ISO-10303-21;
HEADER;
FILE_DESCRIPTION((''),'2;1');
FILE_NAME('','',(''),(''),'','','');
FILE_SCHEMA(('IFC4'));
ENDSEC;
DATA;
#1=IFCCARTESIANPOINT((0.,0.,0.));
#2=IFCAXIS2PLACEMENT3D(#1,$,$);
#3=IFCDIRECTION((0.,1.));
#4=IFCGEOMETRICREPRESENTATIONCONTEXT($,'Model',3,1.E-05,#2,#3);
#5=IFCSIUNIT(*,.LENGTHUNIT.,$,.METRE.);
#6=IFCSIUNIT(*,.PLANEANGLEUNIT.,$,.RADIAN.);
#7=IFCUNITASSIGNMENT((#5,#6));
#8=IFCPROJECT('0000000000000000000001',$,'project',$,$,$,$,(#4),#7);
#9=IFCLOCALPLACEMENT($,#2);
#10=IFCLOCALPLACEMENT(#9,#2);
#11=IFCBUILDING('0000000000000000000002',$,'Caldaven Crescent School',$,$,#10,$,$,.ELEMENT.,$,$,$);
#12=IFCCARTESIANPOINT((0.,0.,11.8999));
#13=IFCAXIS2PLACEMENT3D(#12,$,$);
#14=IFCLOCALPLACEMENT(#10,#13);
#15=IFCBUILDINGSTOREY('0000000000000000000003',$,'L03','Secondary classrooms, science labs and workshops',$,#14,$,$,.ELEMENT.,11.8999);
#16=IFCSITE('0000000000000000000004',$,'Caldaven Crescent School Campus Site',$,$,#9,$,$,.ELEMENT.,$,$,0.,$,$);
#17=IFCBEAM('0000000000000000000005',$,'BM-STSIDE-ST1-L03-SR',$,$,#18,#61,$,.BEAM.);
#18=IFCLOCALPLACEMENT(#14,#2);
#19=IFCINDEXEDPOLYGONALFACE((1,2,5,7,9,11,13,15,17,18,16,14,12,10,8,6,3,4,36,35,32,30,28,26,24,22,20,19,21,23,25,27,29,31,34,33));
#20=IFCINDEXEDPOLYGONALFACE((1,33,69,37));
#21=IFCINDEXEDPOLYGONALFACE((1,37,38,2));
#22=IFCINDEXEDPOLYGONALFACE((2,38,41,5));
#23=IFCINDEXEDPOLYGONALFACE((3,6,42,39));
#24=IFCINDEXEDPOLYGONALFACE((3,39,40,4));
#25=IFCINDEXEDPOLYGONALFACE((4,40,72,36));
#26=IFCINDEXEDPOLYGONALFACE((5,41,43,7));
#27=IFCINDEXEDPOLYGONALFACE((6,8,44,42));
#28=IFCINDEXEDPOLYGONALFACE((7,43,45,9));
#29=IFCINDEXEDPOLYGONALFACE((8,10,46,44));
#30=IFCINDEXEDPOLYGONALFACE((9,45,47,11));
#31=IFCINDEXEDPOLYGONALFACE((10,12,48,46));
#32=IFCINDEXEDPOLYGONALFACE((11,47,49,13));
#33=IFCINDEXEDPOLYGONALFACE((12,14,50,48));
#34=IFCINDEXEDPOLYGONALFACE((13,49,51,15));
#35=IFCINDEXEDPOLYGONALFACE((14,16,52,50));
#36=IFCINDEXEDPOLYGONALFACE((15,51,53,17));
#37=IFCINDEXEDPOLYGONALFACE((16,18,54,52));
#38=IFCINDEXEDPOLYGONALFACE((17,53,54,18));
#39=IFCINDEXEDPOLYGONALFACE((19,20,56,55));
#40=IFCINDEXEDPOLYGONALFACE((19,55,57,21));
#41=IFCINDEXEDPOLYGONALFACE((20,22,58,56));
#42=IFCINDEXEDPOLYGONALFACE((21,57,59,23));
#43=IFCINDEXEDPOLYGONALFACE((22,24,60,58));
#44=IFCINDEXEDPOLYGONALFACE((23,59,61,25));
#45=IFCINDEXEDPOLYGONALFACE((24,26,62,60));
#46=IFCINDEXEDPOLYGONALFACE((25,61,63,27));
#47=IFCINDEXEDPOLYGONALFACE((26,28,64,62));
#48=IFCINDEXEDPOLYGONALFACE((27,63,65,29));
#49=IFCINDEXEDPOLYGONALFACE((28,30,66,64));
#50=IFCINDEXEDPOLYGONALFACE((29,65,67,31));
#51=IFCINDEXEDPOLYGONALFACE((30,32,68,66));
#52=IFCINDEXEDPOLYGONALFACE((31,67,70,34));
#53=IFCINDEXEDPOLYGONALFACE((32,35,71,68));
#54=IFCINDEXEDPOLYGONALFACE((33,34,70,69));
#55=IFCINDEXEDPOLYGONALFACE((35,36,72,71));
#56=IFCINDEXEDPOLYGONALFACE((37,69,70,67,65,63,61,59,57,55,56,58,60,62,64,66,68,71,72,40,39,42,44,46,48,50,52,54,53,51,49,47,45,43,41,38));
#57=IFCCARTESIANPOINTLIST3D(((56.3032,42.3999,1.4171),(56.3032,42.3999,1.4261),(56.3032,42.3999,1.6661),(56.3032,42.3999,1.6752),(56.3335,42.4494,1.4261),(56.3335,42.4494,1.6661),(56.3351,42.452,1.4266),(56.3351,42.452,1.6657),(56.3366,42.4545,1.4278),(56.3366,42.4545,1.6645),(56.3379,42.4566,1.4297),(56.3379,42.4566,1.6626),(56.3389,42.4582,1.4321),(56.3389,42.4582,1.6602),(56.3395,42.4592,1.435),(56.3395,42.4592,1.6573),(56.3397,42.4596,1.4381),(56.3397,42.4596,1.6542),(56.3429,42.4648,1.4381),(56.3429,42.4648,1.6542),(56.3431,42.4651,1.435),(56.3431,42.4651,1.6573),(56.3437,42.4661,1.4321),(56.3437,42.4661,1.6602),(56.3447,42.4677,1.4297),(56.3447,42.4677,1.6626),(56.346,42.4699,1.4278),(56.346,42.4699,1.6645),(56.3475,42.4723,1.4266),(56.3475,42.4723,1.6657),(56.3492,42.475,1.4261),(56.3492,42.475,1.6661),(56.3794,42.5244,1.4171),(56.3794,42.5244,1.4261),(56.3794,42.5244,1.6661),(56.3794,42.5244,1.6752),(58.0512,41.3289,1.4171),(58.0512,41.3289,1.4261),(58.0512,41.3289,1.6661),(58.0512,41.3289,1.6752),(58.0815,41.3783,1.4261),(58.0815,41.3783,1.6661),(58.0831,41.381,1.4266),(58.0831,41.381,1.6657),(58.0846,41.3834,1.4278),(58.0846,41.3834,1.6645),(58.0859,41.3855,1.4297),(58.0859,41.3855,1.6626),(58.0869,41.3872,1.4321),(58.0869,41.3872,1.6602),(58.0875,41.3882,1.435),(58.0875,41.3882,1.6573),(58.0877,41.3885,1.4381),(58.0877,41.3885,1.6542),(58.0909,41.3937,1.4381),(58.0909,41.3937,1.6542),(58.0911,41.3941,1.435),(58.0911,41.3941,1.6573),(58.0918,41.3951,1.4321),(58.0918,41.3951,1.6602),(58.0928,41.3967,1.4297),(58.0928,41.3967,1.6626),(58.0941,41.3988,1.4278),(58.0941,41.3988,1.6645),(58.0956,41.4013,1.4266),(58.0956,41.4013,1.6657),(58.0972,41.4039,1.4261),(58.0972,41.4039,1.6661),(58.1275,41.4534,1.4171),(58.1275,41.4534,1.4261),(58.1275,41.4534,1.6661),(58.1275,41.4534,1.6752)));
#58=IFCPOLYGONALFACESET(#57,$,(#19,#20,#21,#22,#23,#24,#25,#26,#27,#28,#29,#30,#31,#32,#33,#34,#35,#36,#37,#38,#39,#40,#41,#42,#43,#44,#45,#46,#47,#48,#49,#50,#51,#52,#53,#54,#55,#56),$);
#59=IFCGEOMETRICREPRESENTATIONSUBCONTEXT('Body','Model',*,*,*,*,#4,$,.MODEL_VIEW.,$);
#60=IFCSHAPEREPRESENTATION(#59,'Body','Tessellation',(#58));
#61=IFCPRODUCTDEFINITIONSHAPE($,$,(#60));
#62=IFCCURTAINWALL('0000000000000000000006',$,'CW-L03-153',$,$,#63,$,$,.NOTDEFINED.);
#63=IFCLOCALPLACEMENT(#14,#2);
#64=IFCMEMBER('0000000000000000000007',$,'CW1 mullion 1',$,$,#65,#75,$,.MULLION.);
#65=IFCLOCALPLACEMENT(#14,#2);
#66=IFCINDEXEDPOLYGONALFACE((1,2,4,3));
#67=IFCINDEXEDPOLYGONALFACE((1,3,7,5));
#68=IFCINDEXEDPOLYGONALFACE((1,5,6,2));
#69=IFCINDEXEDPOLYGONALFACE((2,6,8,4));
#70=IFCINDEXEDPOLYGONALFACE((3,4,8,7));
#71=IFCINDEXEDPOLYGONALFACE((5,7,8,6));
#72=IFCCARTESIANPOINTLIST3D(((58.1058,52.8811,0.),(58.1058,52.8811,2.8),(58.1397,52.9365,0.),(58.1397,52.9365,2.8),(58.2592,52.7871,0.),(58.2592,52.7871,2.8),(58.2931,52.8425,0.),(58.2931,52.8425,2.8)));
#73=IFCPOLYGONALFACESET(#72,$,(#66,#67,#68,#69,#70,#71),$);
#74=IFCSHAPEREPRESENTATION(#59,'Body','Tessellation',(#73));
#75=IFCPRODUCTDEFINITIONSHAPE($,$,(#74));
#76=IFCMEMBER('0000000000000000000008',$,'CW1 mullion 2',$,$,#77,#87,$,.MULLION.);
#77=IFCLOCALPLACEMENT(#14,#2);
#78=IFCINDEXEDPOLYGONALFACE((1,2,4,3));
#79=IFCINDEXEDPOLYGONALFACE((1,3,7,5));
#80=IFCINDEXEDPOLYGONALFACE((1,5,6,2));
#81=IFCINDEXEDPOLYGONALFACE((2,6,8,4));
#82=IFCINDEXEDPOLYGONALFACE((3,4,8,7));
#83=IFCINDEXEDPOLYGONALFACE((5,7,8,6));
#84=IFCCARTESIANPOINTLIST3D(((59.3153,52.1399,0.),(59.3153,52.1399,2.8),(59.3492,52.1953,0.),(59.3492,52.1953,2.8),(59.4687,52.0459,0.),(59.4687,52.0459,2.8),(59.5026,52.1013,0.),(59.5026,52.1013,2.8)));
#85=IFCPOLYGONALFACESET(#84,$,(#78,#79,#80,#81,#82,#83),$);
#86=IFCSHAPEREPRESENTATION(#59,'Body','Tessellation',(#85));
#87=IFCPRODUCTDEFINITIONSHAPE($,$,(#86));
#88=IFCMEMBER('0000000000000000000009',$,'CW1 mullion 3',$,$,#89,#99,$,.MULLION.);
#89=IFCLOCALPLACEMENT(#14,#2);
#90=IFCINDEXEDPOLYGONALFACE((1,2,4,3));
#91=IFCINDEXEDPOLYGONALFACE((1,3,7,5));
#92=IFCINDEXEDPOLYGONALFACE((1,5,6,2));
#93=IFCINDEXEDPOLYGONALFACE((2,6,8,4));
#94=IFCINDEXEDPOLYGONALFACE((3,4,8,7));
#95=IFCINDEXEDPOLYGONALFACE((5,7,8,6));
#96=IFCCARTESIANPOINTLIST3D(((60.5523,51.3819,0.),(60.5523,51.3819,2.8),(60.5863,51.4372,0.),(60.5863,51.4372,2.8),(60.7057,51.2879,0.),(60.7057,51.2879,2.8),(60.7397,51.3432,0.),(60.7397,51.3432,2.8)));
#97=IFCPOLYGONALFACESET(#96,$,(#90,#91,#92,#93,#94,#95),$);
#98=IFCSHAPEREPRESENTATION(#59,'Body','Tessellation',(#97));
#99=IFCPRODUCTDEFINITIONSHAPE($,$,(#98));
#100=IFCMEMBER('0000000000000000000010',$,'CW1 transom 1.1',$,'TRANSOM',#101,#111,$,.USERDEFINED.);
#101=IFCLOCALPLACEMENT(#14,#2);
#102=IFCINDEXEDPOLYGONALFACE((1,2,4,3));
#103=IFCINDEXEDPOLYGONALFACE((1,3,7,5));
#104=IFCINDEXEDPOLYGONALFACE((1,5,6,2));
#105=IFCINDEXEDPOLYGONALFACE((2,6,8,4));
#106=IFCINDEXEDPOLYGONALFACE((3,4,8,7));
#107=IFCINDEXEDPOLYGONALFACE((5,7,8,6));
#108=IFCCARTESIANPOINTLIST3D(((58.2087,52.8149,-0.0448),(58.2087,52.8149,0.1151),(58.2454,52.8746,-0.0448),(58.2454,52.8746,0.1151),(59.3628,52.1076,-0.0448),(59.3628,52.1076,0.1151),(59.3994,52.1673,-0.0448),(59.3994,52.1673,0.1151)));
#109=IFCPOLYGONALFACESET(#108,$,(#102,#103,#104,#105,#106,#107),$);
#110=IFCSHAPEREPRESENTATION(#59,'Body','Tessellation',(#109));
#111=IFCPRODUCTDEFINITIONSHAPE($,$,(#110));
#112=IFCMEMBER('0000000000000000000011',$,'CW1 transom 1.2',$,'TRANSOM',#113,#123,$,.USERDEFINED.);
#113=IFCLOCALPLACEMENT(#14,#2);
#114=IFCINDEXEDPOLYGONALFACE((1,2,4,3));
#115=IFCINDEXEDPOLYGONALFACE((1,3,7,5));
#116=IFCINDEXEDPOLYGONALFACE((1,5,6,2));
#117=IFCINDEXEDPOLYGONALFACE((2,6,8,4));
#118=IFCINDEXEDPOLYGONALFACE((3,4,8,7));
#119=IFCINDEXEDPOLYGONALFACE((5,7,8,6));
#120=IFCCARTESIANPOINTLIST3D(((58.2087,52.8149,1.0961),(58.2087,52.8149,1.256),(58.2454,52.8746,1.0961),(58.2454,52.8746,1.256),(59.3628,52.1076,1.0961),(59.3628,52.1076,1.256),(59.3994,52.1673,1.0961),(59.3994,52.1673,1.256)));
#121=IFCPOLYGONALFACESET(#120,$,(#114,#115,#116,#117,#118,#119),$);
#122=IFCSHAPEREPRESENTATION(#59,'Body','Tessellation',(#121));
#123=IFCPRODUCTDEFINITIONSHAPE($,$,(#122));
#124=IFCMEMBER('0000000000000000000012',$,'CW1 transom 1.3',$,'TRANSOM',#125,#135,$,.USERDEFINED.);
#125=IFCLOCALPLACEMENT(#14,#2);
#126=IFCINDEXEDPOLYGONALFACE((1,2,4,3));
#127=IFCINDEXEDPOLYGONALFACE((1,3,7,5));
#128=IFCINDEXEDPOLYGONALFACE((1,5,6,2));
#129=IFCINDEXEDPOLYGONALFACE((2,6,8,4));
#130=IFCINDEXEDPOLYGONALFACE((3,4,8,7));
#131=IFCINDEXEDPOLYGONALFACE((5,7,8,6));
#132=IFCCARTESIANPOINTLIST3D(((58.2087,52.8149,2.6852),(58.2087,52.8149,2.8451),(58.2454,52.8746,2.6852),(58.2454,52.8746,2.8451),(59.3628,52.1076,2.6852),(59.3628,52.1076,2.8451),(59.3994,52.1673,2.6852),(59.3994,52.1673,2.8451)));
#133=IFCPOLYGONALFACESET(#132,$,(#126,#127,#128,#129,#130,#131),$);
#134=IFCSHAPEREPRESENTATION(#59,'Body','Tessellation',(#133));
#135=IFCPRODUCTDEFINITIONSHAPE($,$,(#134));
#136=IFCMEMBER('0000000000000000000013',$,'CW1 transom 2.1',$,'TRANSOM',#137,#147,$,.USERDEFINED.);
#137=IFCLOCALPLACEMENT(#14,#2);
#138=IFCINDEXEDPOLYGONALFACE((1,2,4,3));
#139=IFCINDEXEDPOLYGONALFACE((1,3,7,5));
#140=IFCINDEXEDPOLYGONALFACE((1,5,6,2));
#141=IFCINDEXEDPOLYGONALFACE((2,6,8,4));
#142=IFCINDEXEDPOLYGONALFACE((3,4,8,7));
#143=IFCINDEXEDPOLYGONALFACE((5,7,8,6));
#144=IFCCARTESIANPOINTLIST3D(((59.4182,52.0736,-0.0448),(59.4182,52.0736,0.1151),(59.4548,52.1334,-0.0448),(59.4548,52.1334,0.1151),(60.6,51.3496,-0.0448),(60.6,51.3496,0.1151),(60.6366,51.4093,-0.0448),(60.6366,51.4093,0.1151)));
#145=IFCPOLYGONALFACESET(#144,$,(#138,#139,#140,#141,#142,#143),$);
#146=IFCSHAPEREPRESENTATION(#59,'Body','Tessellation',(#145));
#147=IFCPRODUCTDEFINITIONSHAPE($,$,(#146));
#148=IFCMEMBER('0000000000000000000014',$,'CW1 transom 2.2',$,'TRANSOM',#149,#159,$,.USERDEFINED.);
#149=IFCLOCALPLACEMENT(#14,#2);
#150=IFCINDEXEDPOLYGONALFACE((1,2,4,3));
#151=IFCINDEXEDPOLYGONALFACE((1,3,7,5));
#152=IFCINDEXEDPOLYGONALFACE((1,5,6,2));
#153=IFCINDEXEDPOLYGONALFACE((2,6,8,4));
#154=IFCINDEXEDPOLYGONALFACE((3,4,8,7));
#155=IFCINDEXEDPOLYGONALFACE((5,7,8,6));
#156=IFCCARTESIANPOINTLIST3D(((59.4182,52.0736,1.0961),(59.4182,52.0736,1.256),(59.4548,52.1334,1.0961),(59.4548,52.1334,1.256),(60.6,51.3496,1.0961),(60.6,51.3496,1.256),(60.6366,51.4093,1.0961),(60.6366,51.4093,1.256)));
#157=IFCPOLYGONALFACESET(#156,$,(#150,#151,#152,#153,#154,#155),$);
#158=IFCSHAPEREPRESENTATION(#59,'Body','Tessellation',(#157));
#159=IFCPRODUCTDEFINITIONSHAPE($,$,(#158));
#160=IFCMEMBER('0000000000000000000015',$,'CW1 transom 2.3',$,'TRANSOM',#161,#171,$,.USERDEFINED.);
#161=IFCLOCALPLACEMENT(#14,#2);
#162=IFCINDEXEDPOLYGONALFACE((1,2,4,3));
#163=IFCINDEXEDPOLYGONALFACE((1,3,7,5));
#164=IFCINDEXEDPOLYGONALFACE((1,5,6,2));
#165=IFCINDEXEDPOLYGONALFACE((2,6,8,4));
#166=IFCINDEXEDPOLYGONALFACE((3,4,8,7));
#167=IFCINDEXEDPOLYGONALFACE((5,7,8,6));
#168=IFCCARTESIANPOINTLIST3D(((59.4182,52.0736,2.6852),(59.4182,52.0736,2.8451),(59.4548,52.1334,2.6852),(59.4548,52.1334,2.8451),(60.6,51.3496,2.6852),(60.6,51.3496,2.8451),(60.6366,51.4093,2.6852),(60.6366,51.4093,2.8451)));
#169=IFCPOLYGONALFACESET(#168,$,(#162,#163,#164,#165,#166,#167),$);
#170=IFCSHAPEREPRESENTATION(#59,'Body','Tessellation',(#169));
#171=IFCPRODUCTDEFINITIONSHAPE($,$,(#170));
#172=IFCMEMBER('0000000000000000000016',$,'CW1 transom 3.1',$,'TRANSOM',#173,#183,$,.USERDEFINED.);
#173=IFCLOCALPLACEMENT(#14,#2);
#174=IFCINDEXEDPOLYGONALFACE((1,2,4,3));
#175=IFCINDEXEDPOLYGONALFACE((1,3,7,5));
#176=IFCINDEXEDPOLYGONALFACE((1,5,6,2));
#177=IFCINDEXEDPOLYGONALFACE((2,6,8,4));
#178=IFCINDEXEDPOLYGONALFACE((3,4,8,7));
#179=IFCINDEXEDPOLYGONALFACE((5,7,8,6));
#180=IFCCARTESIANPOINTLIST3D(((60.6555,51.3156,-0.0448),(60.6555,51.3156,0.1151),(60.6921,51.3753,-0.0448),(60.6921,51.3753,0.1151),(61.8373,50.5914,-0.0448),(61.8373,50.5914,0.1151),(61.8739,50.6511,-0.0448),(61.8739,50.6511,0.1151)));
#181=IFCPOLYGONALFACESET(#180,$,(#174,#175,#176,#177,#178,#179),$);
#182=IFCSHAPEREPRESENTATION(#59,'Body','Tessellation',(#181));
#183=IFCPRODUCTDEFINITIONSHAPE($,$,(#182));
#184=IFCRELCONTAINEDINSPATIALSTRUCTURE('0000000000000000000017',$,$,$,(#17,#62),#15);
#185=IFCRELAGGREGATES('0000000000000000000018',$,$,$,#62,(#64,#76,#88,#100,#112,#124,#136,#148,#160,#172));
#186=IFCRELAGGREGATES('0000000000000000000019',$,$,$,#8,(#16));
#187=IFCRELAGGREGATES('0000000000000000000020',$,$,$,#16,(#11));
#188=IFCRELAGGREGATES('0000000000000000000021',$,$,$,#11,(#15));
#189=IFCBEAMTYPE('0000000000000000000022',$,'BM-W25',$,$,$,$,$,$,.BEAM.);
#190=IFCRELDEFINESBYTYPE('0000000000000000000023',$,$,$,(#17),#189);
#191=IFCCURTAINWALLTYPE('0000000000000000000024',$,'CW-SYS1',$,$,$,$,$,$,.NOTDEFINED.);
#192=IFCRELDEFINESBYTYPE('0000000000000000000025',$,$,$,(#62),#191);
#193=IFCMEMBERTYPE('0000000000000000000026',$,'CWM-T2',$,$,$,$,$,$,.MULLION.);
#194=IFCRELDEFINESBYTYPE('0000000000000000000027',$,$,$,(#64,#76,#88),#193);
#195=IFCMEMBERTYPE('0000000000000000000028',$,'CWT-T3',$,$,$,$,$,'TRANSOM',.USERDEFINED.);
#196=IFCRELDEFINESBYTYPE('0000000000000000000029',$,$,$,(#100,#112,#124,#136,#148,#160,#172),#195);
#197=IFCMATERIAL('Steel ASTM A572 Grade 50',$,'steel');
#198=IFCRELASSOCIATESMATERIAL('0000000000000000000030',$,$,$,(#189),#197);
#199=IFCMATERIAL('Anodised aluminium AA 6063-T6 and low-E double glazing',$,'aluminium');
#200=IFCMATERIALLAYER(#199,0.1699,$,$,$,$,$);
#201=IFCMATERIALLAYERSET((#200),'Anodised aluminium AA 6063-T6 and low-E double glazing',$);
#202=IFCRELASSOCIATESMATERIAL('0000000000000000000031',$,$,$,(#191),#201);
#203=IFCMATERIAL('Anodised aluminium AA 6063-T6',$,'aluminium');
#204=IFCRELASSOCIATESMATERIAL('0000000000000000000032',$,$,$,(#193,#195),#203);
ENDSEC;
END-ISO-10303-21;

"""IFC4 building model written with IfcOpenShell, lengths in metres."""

from ifc_helpers import new_model, si_unit, direction, frame, origin, origin_2d, place, context, subcontext, project, spatial, rectangle, i_section, extrude, material, layer, layer_set, material_profile, profile_set, type_object, element, aggregate, save


model = new_model("IFC4")

# Units and contexts
model_context = context("Model", 3, precision=1e-05, world=origin(), true_north=direction((0.0, 1.0)))
body_context = subcontext(model_context, "Body", "Model", "MODEL_VIEW")
ifc_project = project(units=[si_unit("LENGTHUNIT", "METRE"), si_unit("PLANEANGLEUNIT", "RADIAN")], contexts=[model_context])

# Site, building, storey
site_placement = place(None, origin())
site = spatial("IfcSite", under=ifc_project, at=site_placement, Name="Caldaven Crescent School Campus Site", CompositionType="ELEMENT", RefElevation=0.0)
building_placement = place(site_placement, origin())
building = spatial("IfcBuilding", under=site, at=building_placement, Name="Caldaven Crescent School", CompositionType="ELEMENT")
storey_placement = place(building_placement, frame((0.0, 0.0, 11.8999)))
storey = spatial("IfcBuildingStorey", under=building, at=storey_placement, Name="L03", Description="Secondary classrooms, science labs and workshops", CompositionType="ELEMENT", Elevation=11.8999)

# Shared definitions
ifc_material_1 = material(Name="Steel ASTM A572 Grade 50", Category="steel")

# Beam
ifc_material_profile_1 = material_profile(ifc_material_1, i_section(OverallWidth=0.146, OverallDepth=0.2581, WebThickness=0.0061, FlangeThickness=0.009, FilletRadius=0.012, at=origin_2d()), Name="W250x33")
ifc_profile_set_1 = profile_set([ifc_material_profile_1], Name="Steel ASTM A572 Grade 50")
beam_type_1 = type_object("IfcBeamType", Name="BM-W25", PredefinedType="BEAM", material=ifc_profile_set_1)
beam_1_placement = place(storey_placement, frame((56.3413, 42.4622, 1.5461), z_axis=(0.852675, -0.522442, 0.0), x_axis=(0.522442, 0.852675, 0.0)))
element("IfcBeam", 1, at=beam_1_placement, inside=storey, type_object=beam_type_1, Name="BM-STSIDE-ST1-L03-SR", PredefinedType="BEAM", context=body_context, shape_type="SweptSolid", body=[
    extrude(i_section(OverallWidth=0.146, OverallDepth=0.2581, WebThickness=0.0061, FlangeThickness=0.009, FilletRadius=0.012, at=origin_2d()), origin(), (0.0, 0.0, 1.0), 2.05),
])

# Curtain wall, members
ifc_material_2 = material(Name="Anodised aluminium AA 6063-T6 and low-E double glazing", Category="aluminium")
ifc_layer_1 = layer(ifc_material_2, 0.1699)
ifc_layer_set_1 = layer_set([ifc_layer_1], Name="Anodised aluminium AA 6063-T6 and low-E double glazing")
curtain_wall_type = type_object("IfcCurtainWallType", Name="CW-SYS1", PredefinedType="NOTDEFINED", material=ifc_layer_set_1)
curtain_wall_placement = place(storey_placement, origin())
curtain_wall = element("IfcCurtainWall", 2, at=curtain_wall_placement, inside=storey, type_object=curtain_wall_type, Name="CW-L03-153", PredefinedType="NOTDEFINED")
ifc_material_3 = material(Name="Anodised aluminium AA 6063-T6", Category="aluminium")
ifc_material_profile_2 = material_profile(ifc_material_3, rectangle(XDim=0.0649, YDim=0.1799, at=origin_2d()), Name="CWM 65x180")
ifc_profile_set_2 = profile_set([ifc_material_profile_2], Name="Anodised aluminium AA 6063-T6")
member_type_1 = type_object("IfcMemberType", Name="CWM-T2", PredefinedType="MULLION", material=ifc_profile_set_2)
member_1_placement = place(storey_placement, frame((58.1995, 52.8618, 0.0), z_axis=(0.0, 0.0, 1.0), x_axis=(0.522499, 0.85264, 0.0)))
member_1 = element("IfcMember", 3, at=member_1_placement, type_object=member_type_1, Name="CW1 mullion 1", PredefinedType="MULLION", context=body_context, shape_type="SweptSolid", body=[
    extrude(rectangle(XDim=0.0649, YDim=0.1799, at=origin_2d()), origin(), (0.0, 0.0, 1.0), 2.8),
])
member_2_placement = place(storey_placement, frame((59.4089, 52.1206, 0.0), z_axis=(0.0, 0.0, 1.0), x_axis=(0.522499, 0.85264, 0.0)))
member_2 = element("IfcMember", 4, at=member_2_placement, type_object=member_type_1, Name="CW1 mullion 2", PredefinedType="MULLION", context=body_context, shape_type="SweptSolid", body=[
    extrude(rectangle(XDim=0.0649, YDim=0.1799, at=origin_2d()), origin(), (0.0, 0.0, 1.0), 2.8),
])
member_3_placement = place(storey_placement, frame((60.646, 51.3625, 0.0), z_axis=(0.0, 0.0, 1.0), x_axis=(0.522499, 0.85264, 0.0)))
member_3 = element("IfcMember", 5, at=member_3_placement, type_object=member_type_1, Name="CW1 mullion 3", PredefinedType="MULLION", context=body_context, shape_type="SweptSolid", body=[
    extrude(rectangle(XDim=0.0649, YDim=0.1799, at=origin_2d()), origin(), (0.0, 0.0, 1.0), 2.8),
])
ifc_material_profile_3 = material_profile(ifc_material_3, rectangle(XDim=0.0701, YDim=0.1599, at=origin_2d()), Name="CWT 70x160")
ifc_profile_set_3 = profile_set([ifc_material_profile_3], Name="Anodised aluminium AA 6063-T6")
member_type_2 = type_object("IfcMemberType", Name="CWT-T3", ElementType="TRANSOM", PredefinedType="USERDEFINED", material=ifc_profile_set_3)
member_4_placement = place(storey_placement, frame((58.2271, 52.8447, 0.0352), z_axis=(0.852617, -0.522537, 0.0), x_axis=(0.522537, 0.852617, 0.0)))
member_4 = element("IfcMember", 6, at=member_4_placement, type_object=member_type_2, Name="CW1 transom 1.1", ObjectType="TRANSOM", PredefinedType="USERDEFINED", context=body_context, shape_type="SweptSolid", body=[
    extrude(rectangle(XDim=0.0701, YDim=0.1599, at=origin_2d()), origin(), (0.0, 0.0, 1.0), 1.3535),
])
member_5_placement = place(storey_placement, frame((58.2271, 52.8447, 1.176), z_axis=(0.852617, -0.522537, 0.0), x_axis=(0.522537, 0.852617, 0.0)))
member_5 = element("IfcMember", 7, at=member_5_placement, type_object=member_type_2, Name="CW1 transom 1.2", ObjectType="TRANSOM", PredefinedType="USERDEFINED", context=body_context, shape_type="SweptSolid", body=[
    extrude(rectangle(XDim=0.0701, YDim=0.1599, at=origin_2d()), origin(), (0.0, 0.0, 1.0), 1.3535),
])
member_6_placement = place(storey_placement, frame((58.2271, 52.8447, 2.7651), z_axis=(0.852617, -0.522537, 0.0), x_axis=(0.522537, 0.852617, 0.0)))
member_6 = element("IfcMember", 8, at=member_6_placement, type_object=member_type_2, Name="CW1 transom 1.3", ObjectType="TRANSOM", PredefinedType="USERDEFINED", context=body_context, shape_type="SweptSolid", body=[
    extrude(rectangle(XDim=0.0701, YDim=0.1599, at=origin_2d()), origin(), (0.0, 0.0, 1.0), 1.3535),
])
member_7_placement = place(storey_placement, frame((59.4365, 52.1035, 0.0352), z_axis=(0.852685, -0.522426, 0.0), x_axis=(0.522426, 0.852685, 0.0)))
member_7 = element("IfcMember", 9, at=member_7_placement, type_object=member_type_2, Name="CW1 transom 2.1", ObjectType="TRANSOM", PredefinedType="USERDEFINED", context=body_context, shape_type="SweptSolid", body=[
    extrude(rectangle(XDim=0.0701, YDim=0.1599, at=origin_2d()), origin(), (0.0, 0.0, 1.0), 1.386),
])
member_8_placement = place(storey_placement, frame((59.4365, 52.1035, 1.176), z_axis=(0.852685, -0.522426, 0.0), x_axis=(0.522426, 0.852685, 0.0)))
member_8 = element("IfcMember", 10, at=member_8_placement, type_object=member_type_2, Name="CW1 transom 2.2", ObjectType="TRANSOM", PredefinedType="USERDEFINED", context=body_context, shape_type="SweptSolid", body=[
    extrude(rectangle(XDim=0.0701, YDim=0.1599, at=origin_2d()), origin(), (0.0, 0.0, 1.0), 1.386),
])
member_9_placement = place(storey_placement, frame((59.4365, 52.1035, 2.7651), z_axis=(0.852685, -0.522426, 0.0), x_axis=(0.522426, 0.852685, 0.0)))
member_9 = element("IfcMember", 11, at=member_9_placement, type_object=member_type_2, Name="CW1 transom 2.3", ObjectType="TRANSOM", PredefinedType="USERDEFINED", context=body_context, shape_type="SweptSolid", body=[
    extrude(rectangle(XDim=0.0701, YDim=0.1599, at=origin_2d()), origin(), (0.0, 0.0, 1.0), 1.386),
])
member_10_placement = place(storey_placement, frame((60.6738, 51.3455, 0.0352), z_axis=(0.852637, -0.522504, 0.0), x_axis=(0.522504, 0.852637, 0.0)))
member_10 = element("IfcMember", 12, at=member_10_placement, type_object=member_type_2, Name="CW1 transom 3.1", ObjectType="TRANSOM", PredefinedType="USERDEFINED", context=body_context, shape_type="SweptSolid", body=[
    extrude(rectangle(XDim=0.0701, YDim=0.1599, at=origin_2d()), origin(), (0.0, 0.0, 1.0), 1.386),
])

aggregate(curtain_wall, [member_1, member_2, member_3, member_4, member_5, member_6, member_7, member_8, member_9, member_10])

save(model, "model.ifc")
